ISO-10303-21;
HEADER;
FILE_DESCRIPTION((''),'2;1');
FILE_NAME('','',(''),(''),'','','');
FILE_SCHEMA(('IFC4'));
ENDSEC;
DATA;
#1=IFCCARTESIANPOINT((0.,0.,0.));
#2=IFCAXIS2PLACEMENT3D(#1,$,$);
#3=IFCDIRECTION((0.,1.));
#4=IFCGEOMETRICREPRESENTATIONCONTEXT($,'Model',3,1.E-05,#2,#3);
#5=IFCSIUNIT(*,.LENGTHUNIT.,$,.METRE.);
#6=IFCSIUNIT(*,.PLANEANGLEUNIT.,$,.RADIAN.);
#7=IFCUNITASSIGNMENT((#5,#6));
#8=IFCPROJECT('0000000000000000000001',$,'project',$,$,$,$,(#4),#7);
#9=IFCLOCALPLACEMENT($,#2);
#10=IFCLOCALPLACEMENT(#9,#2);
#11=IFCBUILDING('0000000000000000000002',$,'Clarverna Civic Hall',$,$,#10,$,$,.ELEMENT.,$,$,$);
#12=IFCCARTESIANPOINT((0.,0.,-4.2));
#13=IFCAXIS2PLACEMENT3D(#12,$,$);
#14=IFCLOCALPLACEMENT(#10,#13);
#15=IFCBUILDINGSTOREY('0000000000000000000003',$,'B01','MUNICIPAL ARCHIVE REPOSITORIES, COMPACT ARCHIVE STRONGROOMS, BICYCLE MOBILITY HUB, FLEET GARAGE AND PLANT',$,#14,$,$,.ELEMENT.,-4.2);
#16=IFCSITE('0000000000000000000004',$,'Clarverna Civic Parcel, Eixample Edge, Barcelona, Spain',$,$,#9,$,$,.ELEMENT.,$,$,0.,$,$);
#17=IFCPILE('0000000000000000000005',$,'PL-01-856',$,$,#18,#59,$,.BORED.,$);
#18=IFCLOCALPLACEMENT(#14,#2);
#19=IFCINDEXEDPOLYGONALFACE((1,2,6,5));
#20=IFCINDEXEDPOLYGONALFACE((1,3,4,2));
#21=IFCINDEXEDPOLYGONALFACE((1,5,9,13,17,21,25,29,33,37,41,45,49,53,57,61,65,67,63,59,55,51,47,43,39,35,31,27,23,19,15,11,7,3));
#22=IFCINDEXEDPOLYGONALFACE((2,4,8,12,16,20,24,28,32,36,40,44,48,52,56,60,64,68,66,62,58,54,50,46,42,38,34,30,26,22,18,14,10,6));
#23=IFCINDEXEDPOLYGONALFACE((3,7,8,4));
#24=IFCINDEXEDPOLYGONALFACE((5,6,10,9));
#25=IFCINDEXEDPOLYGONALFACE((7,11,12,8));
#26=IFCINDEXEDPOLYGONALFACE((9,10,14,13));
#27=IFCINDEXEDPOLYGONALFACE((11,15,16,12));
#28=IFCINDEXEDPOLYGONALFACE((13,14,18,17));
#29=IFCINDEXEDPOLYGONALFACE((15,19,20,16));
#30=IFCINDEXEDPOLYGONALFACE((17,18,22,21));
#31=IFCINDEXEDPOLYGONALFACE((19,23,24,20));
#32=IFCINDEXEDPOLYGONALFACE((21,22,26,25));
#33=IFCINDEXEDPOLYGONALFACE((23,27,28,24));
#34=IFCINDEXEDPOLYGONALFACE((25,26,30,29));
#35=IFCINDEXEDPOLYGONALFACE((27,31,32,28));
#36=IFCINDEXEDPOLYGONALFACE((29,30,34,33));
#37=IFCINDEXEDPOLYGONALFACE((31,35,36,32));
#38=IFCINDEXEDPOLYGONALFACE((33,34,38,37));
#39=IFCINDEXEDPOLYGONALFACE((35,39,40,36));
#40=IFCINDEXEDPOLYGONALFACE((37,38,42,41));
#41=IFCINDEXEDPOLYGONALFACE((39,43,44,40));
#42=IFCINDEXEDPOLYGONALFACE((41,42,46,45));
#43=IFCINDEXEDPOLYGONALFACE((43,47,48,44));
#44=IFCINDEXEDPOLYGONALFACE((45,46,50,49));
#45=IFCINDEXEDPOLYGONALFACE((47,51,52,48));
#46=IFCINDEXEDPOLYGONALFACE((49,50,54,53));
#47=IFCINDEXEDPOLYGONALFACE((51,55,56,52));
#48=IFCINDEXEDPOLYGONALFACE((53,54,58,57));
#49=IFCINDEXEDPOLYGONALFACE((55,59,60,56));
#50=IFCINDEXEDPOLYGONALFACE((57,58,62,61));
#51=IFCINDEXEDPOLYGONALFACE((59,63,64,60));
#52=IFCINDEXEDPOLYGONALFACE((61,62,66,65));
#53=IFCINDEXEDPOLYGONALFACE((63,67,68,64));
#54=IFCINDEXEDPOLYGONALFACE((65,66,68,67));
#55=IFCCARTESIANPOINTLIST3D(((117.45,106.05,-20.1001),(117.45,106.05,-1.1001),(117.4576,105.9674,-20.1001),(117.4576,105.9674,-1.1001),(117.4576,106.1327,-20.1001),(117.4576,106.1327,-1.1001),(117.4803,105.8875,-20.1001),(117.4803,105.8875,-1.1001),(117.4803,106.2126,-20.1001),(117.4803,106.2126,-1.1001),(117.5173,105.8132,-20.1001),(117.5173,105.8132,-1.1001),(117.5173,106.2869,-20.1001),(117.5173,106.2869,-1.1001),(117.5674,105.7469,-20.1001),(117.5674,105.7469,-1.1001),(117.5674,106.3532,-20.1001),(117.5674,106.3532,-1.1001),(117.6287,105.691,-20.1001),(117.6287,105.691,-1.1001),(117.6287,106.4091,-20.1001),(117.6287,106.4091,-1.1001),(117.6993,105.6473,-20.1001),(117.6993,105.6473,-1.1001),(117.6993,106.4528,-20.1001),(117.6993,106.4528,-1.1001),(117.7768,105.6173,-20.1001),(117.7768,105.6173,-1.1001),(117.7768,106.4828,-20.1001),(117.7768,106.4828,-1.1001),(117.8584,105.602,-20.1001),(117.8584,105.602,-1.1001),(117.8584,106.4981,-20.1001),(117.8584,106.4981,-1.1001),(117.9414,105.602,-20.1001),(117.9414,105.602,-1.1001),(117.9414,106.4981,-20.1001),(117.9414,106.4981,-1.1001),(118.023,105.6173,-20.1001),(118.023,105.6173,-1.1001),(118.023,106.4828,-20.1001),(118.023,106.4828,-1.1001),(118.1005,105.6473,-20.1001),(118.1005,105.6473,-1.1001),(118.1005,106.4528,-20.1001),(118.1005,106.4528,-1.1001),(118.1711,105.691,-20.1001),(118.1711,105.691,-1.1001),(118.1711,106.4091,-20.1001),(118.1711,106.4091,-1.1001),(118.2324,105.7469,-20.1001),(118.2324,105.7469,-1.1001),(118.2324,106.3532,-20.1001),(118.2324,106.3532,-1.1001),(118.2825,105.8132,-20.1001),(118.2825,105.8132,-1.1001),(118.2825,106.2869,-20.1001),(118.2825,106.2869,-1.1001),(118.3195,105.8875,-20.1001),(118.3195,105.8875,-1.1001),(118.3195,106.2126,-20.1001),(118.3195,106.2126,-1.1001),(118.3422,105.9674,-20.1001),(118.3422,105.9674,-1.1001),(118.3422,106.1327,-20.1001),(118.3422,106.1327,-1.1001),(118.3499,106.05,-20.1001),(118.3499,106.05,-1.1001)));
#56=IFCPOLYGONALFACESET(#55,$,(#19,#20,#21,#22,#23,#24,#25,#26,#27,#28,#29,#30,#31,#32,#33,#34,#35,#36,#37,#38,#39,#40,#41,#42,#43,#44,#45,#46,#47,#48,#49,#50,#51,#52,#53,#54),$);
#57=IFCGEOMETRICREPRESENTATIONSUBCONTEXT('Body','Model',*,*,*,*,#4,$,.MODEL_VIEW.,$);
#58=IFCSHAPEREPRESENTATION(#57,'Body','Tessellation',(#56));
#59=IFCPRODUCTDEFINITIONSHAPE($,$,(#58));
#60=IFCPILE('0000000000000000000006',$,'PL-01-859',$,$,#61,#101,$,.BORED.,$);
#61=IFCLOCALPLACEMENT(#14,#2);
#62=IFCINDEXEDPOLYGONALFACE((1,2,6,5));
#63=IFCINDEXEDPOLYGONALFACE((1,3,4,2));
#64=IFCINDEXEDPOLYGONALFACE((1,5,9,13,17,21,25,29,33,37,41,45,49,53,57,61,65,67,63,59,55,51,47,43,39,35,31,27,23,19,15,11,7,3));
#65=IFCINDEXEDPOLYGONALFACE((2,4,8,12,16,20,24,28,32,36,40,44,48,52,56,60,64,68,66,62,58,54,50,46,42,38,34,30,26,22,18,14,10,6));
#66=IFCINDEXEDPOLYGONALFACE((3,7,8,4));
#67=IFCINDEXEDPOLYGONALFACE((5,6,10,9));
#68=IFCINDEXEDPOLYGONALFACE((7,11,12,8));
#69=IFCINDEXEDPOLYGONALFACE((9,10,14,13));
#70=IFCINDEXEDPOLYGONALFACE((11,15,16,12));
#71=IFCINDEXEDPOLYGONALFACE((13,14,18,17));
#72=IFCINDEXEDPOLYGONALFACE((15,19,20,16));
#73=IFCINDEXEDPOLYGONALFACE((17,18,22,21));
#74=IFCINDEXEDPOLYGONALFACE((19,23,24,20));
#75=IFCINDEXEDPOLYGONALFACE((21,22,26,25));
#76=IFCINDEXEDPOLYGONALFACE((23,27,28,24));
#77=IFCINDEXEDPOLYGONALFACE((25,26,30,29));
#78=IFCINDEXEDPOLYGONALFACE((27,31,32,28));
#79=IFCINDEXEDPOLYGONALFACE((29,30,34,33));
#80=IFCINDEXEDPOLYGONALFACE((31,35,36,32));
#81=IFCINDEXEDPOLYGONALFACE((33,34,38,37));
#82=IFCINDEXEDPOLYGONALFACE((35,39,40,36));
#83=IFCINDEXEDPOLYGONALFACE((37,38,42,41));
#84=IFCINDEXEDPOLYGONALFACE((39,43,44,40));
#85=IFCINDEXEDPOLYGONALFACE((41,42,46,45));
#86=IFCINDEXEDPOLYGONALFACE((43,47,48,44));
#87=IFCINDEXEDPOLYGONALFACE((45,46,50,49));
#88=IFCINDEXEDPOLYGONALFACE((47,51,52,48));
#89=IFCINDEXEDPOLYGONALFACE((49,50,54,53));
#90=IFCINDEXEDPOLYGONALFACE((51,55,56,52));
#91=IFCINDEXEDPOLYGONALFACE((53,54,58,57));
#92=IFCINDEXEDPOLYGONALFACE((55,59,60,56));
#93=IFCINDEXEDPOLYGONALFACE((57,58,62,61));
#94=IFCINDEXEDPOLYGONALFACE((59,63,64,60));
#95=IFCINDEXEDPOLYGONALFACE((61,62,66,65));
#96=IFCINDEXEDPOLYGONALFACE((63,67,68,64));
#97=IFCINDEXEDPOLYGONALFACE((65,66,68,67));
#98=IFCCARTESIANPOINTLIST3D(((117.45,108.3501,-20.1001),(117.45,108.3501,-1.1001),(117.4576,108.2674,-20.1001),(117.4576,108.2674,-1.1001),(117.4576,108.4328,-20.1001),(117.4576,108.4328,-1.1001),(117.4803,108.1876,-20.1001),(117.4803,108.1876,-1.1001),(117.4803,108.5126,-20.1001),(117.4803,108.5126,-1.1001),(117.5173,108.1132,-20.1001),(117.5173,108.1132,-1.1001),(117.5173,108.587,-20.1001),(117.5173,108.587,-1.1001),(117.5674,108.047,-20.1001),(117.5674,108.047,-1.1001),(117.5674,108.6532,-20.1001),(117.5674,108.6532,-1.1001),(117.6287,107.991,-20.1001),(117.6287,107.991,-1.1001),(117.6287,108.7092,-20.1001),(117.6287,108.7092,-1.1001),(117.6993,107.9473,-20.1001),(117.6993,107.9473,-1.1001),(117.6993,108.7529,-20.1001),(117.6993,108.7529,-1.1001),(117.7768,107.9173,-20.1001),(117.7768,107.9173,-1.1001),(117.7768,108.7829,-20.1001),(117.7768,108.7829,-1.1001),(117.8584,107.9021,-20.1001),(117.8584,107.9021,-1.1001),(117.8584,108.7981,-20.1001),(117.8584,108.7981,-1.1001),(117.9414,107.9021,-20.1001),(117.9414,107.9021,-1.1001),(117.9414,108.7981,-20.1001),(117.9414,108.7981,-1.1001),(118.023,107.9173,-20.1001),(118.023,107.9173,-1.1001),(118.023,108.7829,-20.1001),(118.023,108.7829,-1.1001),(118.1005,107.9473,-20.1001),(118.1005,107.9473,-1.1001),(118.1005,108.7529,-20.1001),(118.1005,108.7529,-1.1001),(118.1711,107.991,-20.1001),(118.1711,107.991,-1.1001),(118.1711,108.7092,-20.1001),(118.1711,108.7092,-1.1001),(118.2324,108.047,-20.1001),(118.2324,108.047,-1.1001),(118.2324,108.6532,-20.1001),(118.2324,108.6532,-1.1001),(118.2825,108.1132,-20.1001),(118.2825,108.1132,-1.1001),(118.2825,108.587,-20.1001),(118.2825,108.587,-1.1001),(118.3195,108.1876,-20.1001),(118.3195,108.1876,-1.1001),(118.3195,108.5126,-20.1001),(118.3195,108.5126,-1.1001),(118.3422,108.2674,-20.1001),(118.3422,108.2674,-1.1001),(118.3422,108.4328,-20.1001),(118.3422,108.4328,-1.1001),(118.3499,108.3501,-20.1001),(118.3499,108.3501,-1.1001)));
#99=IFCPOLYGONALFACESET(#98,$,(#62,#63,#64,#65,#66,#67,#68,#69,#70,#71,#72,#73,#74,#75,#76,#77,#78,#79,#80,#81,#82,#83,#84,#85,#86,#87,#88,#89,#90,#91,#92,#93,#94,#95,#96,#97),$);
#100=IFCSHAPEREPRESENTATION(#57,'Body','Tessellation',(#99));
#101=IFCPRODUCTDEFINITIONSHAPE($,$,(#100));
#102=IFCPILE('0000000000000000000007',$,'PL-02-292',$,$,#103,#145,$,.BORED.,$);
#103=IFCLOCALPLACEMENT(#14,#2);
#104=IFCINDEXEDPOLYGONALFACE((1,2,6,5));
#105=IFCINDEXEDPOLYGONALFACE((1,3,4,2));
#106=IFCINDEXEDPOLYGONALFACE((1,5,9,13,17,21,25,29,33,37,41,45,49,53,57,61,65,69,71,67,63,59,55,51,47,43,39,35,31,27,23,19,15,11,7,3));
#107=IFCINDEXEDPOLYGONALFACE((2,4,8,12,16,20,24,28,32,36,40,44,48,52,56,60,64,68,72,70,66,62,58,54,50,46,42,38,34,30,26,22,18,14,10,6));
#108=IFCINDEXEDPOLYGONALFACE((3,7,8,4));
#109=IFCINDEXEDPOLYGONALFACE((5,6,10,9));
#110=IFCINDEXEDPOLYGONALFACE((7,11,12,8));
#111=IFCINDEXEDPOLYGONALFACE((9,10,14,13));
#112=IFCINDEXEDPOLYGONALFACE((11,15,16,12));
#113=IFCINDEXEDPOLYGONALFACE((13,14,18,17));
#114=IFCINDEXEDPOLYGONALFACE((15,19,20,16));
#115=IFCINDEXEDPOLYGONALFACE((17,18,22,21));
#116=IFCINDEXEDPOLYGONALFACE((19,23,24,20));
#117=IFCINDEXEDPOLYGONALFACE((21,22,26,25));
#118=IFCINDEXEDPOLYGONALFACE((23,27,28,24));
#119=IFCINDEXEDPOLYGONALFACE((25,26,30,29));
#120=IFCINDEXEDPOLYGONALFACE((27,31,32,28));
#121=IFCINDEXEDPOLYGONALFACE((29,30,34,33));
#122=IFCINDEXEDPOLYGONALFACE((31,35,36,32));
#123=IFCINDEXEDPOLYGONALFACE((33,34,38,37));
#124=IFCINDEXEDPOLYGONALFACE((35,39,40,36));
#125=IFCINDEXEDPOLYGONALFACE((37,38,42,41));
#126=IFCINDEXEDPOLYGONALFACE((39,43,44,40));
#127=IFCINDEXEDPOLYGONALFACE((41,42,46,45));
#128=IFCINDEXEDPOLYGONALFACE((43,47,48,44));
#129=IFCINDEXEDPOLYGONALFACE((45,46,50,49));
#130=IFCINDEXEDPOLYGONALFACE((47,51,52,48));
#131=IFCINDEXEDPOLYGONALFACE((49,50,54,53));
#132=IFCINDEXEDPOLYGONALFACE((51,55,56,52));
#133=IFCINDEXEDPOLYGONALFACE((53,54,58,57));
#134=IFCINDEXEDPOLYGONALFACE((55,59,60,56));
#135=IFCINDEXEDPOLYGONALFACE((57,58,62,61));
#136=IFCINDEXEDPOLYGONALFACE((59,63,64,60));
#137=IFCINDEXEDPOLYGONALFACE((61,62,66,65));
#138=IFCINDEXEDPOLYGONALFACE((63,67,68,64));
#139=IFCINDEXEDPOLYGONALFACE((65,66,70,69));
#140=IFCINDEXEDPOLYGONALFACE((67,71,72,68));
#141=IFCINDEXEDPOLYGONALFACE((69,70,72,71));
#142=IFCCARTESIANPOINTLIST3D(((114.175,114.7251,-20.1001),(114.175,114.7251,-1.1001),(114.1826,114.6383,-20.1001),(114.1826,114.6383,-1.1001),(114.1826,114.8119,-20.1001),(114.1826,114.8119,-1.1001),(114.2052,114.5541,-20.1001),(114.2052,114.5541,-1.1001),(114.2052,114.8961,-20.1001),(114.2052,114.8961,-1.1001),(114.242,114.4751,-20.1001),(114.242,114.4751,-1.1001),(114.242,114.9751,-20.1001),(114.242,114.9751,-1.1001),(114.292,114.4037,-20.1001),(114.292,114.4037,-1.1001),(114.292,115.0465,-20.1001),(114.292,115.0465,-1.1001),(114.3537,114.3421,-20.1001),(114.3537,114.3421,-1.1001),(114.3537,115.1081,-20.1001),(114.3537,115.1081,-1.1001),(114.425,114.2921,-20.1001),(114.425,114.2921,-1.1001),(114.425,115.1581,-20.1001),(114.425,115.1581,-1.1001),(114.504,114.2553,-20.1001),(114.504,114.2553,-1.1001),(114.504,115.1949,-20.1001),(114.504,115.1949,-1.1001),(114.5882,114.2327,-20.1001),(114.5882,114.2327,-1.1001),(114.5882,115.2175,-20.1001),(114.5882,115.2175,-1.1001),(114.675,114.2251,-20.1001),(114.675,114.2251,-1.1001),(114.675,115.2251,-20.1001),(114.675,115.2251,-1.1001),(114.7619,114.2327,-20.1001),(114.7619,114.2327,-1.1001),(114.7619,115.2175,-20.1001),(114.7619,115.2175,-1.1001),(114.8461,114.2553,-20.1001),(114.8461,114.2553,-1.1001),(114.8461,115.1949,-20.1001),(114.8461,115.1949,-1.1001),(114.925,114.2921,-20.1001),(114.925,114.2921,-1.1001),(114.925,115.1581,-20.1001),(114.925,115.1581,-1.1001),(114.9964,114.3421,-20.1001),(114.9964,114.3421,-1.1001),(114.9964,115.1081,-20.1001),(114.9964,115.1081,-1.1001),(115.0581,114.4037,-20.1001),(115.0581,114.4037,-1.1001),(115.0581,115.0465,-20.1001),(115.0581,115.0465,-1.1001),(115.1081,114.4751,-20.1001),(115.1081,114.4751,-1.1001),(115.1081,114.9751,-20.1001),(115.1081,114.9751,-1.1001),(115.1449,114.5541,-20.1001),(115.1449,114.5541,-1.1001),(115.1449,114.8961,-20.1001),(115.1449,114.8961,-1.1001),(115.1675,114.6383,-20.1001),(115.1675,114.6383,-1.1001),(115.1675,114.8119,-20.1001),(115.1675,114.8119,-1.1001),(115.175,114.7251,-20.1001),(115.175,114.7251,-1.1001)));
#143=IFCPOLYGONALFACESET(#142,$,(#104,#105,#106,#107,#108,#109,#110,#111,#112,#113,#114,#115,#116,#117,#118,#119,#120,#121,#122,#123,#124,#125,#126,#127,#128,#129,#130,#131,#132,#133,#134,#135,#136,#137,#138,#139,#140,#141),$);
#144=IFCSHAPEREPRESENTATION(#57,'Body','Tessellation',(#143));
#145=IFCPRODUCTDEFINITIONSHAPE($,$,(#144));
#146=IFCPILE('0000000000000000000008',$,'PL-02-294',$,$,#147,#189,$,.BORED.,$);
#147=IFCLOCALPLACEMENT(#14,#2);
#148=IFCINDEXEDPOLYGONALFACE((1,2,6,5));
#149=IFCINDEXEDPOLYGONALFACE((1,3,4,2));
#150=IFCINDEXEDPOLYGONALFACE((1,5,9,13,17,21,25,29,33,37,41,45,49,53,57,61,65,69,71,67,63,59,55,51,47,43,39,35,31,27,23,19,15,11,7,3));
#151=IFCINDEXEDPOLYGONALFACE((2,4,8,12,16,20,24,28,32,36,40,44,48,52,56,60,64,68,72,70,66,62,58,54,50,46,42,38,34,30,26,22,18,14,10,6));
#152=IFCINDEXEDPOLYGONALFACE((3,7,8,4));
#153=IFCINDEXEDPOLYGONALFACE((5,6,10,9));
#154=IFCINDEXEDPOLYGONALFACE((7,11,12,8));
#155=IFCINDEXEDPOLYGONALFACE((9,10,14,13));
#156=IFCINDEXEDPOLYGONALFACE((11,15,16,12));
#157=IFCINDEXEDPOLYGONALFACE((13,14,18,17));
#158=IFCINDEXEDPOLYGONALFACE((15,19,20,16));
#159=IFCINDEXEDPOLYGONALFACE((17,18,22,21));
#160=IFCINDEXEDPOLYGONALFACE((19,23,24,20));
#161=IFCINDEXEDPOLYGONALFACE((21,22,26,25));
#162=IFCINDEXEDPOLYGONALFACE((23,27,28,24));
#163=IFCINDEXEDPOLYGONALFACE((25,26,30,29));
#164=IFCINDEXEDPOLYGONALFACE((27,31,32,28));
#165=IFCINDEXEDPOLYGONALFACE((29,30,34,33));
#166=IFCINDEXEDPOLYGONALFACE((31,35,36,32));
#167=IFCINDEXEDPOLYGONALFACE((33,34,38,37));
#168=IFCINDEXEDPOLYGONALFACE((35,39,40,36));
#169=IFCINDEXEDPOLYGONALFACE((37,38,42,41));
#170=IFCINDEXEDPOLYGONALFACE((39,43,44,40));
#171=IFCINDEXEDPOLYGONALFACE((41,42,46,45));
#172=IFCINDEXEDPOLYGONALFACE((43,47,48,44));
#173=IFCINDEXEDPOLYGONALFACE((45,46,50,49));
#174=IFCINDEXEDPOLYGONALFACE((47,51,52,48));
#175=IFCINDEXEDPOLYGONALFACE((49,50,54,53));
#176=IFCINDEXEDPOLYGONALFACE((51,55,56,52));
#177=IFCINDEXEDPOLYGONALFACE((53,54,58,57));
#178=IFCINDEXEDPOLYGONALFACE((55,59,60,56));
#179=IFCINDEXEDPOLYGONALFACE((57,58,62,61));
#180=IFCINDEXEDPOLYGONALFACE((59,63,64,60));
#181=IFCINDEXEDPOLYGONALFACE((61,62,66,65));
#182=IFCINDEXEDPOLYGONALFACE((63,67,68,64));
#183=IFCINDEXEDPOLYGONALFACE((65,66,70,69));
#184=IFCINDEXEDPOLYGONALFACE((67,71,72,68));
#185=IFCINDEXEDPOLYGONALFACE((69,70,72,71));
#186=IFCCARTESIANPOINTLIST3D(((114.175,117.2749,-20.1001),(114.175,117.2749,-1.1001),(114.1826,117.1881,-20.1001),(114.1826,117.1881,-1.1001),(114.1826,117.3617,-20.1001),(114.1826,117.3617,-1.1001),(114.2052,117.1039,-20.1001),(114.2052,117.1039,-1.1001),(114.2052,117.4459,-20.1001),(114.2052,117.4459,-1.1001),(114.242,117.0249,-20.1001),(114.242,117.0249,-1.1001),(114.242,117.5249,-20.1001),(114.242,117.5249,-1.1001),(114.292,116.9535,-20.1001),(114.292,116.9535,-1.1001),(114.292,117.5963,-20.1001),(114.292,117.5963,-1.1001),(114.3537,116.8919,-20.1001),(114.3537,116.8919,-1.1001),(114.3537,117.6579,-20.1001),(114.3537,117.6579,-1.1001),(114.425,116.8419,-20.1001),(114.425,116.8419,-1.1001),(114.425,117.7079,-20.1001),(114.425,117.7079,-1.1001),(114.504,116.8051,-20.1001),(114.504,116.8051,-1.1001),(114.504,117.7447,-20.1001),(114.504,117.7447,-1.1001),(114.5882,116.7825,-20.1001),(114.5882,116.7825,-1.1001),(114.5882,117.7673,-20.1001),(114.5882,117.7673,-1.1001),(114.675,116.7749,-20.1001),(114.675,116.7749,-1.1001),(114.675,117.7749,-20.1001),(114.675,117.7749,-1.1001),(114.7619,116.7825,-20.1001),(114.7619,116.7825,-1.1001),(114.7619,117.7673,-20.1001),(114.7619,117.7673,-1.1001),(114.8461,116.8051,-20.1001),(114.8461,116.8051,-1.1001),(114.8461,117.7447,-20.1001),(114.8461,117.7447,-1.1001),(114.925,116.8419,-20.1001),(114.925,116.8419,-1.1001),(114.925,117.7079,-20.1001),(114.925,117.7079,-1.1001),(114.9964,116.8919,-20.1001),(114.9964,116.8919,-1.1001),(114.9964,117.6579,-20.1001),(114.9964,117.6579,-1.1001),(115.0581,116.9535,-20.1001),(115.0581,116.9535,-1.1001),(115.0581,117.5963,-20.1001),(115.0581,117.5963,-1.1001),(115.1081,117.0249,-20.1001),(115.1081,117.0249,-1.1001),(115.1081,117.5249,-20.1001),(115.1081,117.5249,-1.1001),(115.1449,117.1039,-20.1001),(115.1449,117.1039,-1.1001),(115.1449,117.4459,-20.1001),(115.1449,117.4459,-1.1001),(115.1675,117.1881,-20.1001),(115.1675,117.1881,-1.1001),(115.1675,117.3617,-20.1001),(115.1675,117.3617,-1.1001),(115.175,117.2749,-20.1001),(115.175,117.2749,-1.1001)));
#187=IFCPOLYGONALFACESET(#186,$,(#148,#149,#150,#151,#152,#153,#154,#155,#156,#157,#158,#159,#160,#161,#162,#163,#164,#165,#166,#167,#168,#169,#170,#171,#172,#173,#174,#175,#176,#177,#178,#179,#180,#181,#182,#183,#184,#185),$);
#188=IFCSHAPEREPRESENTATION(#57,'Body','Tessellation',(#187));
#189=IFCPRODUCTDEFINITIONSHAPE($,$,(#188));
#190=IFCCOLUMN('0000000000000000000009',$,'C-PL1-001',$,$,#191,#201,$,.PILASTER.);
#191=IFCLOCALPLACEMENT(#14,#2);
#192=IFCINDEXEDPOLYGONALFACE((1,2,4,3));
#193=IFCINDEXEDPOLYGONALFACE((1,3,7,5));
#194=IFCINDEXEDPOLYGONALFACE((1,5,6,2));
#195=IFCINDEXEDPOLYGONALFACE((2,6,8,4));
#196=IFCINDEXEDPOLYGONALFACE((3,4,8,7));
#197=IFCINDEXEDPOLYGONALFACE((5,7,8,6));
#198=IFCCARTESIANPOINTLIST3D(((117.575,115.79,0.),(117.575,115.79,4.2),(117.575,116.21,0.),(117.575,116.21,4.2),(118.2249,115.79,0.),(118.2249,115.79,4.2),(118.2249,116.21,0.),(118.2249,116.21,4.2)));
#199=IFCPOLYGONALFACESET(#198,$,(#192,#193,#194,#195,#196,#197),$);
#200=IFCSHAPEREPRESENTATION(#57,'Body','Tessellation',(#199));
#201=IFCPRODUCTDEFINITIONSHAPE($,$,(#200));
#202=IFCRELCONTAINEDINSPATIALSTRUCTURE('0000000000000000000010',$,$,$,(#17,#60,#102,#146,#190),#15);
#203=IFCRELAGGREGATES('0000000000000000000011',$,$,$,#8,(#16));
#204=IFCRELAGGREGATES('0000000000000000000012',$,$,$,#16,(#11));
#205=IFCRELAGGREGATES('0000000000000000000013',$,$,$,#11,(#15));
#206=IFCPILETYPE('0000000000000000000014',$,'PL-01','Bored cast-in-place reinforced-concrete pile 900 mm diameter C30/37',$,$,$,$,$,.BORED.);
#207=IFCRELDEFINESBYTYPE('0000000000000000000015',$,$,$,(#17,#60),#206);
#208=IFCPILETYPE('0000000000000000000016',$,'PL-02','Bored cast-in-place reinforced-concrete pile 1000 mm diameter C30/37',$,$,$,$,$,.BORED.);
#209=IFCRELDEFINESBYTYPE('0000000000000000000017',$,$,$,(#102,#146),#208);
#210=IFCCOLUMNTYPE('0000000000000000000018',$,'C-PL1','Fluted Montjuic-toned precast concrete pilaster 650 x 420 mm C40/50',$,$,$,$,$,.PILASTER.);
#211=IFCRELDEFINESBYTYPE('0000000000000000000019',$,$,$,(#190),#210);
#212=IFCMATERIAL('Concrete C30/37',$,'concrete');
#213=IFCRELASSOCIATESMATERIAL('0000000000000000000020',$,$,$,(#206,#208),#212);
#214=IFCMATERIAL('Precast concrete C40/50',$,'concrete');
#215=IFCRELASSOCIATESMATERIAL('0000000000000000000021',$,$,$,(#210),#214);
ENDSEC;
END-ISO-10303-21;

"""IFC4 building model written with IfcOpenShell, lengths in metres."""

from ifc_helpers import new_model, si_unit, direction, frame, origin, origin_2d, place, context, subcontext, project, spatial, rectangle, circle, extrude, material, material_profile, profile_set, type_object, element, save


model = new_model("IFC4")

# Units and contexts
model_context = context("Model", 3, precision=1e-05, world=origin(), true_north=direction((0.0, 1.0)))
body_context = subcontext(model_context, "Body", "Model", "MODEL_VIEW")
ifc_project = project(units=[si_unit("LENGTHUNIT", "METRE"), si_unit("PLANEANGLEUNIT", "RADIAN")], contexts=[model_context])

# Site, building, storey
site_placement = place(None, origin())
site = spatial("IfcSite", under=ifc_project, at=site_placement, Name="Clarverna Civic Parcel, Eixample Edge, Barcelona, Spain", CompositionType="ELEMENT", RefElevation=0.0)
building_placement = place(site_placement, origin())
building = spatial("IfcBuilding", under=site, at=building_placement, Name="Clarverna Civic Hall", CompositionType="ELEMENT")
storey_placement = place(building_placement, frame((0.0, 0.0, -4.2)))
storey = spatial("IfcBuildingStorey", under=building, at=storey_placement, Name="B01", Description="MUNICIPAL ARCHIVE REPOSITORIES, COMPACT ARCHIVE STRONGROOMS, BICYCLE MOBILITY HUB, FLEET GARAGE AND PLANT", CompositionType="ELEMENT", Elevation=-4.2)

# Shared definitions
ifc_material_1 = material(Name="Concrete C30/37", Category="concrete")

# Piles
ifc_material_profile_1 = material_profile(ifc_material_1, circle(Radius=0.45, at=origin_2d()), Name="BORED PILE D900")
ifc_profile_set_1 = profile_set([ifc_material_profile_1], Name="Concrete C30/37")
pile_type_1 = type_object("IfcPileType", Name="PL-01", Description="Bored cast-in-place reinforced-concrete pile 900 mm diameter C30/37", PredefinedType="BORED", material=ifc_profile_set_1)
for number, where, z_axis, x_axis, name in (
    (1, (117.8999, 106.05, -1.1001), (0.0, 0.0, -1.0), (1.0, 0.0, 0.0), "PL-01-856"),
    (2, (117.8999, 108.3501, -1.1001), (0.0, 0.0, -1.0), (1.0, 0.0, 0.0), "PL-01-859"),
):
    element("IfcPile", number, at=place(storey_placement, frame(where, z_axis=z_axis, x_axis=x_axis)), inside=storey, type_object=pile_type_1, Name=name, PredefinedType="BORED", context=body_context, shape_type="SweptSolid", body=[
        extrude(circle(Radius=0.45, at=origin_2d()), origin(), (0.0, 0.0, 1.0), 19.0),
    ])
ifc_material_profile_2 = material_profile(ifc_material_1, circle(Radius=0.5, at=origin_2d()), Name="BORED PILE D1000")
ifc_profile_set_2 = profile_set([ifc_material_profile_2], Name="Concrete C30/37")
pile_type_2 = type_object("IfcPileType", Name="PL-02", Description="Bored cast-in-place reinforced-concrete pile 1000 mm diameter C30/37", PredefinedType="BORED", material=ifc_profile_set_2)
for number, where, z_axis, x_axis, name in (
    (3, (114.675, 114.7251, -1.1001), (0.0, 0.0, -1.0), (1.0, 0.0, 0.0), "PL-02-292"),
    (4, (114.675, 117.2749, -1.1001), (0.0, 0.0, -1.0), (1.0, 0.0, 0.0), "PL-02-294"),
):
    element("IfcPile", number, at=place(storey_placement, frame(where, z_axis=z_axis, x_axis=x_axis)), inside=storey, type_object=pile_type_2, Name=name, PredefinedType="BORED", context=body_context, shape_type="SweptSolid", body=[
        extrude(circle(Radius=0.5, at=origin_2d()), origin(), (0.0, 0.0, 1.0), 19.0),
    ])

# Column
ifc_material_2 = material(Name="Precast concrete C40/50", Category="concrete")
ifc_material_profile_3 = material_profile(ifc_material_2, rectangle(XDim=0.6499, YDim=0.4199, at=origin_2d()), Name="PILASTER 650x420")
ifc_profile_set_3 = profile_set([ifc_material_profile_3], Name="Precast concrete C40/50")
column_type_1 = type_object("IfcColumnType", Name="C-PL1", Description="Fluted Montjuic-toned precast concrete pilaster 650 x 420 mm C40/50", PredefinedType="PILASTER", material=ifc_profile_set_3)
column_1_placement = place(storey_placement, frame((117.8999, 116.0, 0.0), z_axis=(0.0, 0.0, 1.0), x_axis=(1.0, 0.0, 0.0)))
element("IfcColumn", 5, at=column_1_placement, inside=storey, type_object=column_type_1, Name="C-PL1-001", PredefinedType="PILASTER", context=body_context, shape_type="SweptSolid", body=[
    extrude(rectangle(XDim=0.6499, YDim=0.4199, at=origin_2d()), origin(), (0.0, 0.0, 1.0), 4.2),
])

save(model, "model.ifc")
